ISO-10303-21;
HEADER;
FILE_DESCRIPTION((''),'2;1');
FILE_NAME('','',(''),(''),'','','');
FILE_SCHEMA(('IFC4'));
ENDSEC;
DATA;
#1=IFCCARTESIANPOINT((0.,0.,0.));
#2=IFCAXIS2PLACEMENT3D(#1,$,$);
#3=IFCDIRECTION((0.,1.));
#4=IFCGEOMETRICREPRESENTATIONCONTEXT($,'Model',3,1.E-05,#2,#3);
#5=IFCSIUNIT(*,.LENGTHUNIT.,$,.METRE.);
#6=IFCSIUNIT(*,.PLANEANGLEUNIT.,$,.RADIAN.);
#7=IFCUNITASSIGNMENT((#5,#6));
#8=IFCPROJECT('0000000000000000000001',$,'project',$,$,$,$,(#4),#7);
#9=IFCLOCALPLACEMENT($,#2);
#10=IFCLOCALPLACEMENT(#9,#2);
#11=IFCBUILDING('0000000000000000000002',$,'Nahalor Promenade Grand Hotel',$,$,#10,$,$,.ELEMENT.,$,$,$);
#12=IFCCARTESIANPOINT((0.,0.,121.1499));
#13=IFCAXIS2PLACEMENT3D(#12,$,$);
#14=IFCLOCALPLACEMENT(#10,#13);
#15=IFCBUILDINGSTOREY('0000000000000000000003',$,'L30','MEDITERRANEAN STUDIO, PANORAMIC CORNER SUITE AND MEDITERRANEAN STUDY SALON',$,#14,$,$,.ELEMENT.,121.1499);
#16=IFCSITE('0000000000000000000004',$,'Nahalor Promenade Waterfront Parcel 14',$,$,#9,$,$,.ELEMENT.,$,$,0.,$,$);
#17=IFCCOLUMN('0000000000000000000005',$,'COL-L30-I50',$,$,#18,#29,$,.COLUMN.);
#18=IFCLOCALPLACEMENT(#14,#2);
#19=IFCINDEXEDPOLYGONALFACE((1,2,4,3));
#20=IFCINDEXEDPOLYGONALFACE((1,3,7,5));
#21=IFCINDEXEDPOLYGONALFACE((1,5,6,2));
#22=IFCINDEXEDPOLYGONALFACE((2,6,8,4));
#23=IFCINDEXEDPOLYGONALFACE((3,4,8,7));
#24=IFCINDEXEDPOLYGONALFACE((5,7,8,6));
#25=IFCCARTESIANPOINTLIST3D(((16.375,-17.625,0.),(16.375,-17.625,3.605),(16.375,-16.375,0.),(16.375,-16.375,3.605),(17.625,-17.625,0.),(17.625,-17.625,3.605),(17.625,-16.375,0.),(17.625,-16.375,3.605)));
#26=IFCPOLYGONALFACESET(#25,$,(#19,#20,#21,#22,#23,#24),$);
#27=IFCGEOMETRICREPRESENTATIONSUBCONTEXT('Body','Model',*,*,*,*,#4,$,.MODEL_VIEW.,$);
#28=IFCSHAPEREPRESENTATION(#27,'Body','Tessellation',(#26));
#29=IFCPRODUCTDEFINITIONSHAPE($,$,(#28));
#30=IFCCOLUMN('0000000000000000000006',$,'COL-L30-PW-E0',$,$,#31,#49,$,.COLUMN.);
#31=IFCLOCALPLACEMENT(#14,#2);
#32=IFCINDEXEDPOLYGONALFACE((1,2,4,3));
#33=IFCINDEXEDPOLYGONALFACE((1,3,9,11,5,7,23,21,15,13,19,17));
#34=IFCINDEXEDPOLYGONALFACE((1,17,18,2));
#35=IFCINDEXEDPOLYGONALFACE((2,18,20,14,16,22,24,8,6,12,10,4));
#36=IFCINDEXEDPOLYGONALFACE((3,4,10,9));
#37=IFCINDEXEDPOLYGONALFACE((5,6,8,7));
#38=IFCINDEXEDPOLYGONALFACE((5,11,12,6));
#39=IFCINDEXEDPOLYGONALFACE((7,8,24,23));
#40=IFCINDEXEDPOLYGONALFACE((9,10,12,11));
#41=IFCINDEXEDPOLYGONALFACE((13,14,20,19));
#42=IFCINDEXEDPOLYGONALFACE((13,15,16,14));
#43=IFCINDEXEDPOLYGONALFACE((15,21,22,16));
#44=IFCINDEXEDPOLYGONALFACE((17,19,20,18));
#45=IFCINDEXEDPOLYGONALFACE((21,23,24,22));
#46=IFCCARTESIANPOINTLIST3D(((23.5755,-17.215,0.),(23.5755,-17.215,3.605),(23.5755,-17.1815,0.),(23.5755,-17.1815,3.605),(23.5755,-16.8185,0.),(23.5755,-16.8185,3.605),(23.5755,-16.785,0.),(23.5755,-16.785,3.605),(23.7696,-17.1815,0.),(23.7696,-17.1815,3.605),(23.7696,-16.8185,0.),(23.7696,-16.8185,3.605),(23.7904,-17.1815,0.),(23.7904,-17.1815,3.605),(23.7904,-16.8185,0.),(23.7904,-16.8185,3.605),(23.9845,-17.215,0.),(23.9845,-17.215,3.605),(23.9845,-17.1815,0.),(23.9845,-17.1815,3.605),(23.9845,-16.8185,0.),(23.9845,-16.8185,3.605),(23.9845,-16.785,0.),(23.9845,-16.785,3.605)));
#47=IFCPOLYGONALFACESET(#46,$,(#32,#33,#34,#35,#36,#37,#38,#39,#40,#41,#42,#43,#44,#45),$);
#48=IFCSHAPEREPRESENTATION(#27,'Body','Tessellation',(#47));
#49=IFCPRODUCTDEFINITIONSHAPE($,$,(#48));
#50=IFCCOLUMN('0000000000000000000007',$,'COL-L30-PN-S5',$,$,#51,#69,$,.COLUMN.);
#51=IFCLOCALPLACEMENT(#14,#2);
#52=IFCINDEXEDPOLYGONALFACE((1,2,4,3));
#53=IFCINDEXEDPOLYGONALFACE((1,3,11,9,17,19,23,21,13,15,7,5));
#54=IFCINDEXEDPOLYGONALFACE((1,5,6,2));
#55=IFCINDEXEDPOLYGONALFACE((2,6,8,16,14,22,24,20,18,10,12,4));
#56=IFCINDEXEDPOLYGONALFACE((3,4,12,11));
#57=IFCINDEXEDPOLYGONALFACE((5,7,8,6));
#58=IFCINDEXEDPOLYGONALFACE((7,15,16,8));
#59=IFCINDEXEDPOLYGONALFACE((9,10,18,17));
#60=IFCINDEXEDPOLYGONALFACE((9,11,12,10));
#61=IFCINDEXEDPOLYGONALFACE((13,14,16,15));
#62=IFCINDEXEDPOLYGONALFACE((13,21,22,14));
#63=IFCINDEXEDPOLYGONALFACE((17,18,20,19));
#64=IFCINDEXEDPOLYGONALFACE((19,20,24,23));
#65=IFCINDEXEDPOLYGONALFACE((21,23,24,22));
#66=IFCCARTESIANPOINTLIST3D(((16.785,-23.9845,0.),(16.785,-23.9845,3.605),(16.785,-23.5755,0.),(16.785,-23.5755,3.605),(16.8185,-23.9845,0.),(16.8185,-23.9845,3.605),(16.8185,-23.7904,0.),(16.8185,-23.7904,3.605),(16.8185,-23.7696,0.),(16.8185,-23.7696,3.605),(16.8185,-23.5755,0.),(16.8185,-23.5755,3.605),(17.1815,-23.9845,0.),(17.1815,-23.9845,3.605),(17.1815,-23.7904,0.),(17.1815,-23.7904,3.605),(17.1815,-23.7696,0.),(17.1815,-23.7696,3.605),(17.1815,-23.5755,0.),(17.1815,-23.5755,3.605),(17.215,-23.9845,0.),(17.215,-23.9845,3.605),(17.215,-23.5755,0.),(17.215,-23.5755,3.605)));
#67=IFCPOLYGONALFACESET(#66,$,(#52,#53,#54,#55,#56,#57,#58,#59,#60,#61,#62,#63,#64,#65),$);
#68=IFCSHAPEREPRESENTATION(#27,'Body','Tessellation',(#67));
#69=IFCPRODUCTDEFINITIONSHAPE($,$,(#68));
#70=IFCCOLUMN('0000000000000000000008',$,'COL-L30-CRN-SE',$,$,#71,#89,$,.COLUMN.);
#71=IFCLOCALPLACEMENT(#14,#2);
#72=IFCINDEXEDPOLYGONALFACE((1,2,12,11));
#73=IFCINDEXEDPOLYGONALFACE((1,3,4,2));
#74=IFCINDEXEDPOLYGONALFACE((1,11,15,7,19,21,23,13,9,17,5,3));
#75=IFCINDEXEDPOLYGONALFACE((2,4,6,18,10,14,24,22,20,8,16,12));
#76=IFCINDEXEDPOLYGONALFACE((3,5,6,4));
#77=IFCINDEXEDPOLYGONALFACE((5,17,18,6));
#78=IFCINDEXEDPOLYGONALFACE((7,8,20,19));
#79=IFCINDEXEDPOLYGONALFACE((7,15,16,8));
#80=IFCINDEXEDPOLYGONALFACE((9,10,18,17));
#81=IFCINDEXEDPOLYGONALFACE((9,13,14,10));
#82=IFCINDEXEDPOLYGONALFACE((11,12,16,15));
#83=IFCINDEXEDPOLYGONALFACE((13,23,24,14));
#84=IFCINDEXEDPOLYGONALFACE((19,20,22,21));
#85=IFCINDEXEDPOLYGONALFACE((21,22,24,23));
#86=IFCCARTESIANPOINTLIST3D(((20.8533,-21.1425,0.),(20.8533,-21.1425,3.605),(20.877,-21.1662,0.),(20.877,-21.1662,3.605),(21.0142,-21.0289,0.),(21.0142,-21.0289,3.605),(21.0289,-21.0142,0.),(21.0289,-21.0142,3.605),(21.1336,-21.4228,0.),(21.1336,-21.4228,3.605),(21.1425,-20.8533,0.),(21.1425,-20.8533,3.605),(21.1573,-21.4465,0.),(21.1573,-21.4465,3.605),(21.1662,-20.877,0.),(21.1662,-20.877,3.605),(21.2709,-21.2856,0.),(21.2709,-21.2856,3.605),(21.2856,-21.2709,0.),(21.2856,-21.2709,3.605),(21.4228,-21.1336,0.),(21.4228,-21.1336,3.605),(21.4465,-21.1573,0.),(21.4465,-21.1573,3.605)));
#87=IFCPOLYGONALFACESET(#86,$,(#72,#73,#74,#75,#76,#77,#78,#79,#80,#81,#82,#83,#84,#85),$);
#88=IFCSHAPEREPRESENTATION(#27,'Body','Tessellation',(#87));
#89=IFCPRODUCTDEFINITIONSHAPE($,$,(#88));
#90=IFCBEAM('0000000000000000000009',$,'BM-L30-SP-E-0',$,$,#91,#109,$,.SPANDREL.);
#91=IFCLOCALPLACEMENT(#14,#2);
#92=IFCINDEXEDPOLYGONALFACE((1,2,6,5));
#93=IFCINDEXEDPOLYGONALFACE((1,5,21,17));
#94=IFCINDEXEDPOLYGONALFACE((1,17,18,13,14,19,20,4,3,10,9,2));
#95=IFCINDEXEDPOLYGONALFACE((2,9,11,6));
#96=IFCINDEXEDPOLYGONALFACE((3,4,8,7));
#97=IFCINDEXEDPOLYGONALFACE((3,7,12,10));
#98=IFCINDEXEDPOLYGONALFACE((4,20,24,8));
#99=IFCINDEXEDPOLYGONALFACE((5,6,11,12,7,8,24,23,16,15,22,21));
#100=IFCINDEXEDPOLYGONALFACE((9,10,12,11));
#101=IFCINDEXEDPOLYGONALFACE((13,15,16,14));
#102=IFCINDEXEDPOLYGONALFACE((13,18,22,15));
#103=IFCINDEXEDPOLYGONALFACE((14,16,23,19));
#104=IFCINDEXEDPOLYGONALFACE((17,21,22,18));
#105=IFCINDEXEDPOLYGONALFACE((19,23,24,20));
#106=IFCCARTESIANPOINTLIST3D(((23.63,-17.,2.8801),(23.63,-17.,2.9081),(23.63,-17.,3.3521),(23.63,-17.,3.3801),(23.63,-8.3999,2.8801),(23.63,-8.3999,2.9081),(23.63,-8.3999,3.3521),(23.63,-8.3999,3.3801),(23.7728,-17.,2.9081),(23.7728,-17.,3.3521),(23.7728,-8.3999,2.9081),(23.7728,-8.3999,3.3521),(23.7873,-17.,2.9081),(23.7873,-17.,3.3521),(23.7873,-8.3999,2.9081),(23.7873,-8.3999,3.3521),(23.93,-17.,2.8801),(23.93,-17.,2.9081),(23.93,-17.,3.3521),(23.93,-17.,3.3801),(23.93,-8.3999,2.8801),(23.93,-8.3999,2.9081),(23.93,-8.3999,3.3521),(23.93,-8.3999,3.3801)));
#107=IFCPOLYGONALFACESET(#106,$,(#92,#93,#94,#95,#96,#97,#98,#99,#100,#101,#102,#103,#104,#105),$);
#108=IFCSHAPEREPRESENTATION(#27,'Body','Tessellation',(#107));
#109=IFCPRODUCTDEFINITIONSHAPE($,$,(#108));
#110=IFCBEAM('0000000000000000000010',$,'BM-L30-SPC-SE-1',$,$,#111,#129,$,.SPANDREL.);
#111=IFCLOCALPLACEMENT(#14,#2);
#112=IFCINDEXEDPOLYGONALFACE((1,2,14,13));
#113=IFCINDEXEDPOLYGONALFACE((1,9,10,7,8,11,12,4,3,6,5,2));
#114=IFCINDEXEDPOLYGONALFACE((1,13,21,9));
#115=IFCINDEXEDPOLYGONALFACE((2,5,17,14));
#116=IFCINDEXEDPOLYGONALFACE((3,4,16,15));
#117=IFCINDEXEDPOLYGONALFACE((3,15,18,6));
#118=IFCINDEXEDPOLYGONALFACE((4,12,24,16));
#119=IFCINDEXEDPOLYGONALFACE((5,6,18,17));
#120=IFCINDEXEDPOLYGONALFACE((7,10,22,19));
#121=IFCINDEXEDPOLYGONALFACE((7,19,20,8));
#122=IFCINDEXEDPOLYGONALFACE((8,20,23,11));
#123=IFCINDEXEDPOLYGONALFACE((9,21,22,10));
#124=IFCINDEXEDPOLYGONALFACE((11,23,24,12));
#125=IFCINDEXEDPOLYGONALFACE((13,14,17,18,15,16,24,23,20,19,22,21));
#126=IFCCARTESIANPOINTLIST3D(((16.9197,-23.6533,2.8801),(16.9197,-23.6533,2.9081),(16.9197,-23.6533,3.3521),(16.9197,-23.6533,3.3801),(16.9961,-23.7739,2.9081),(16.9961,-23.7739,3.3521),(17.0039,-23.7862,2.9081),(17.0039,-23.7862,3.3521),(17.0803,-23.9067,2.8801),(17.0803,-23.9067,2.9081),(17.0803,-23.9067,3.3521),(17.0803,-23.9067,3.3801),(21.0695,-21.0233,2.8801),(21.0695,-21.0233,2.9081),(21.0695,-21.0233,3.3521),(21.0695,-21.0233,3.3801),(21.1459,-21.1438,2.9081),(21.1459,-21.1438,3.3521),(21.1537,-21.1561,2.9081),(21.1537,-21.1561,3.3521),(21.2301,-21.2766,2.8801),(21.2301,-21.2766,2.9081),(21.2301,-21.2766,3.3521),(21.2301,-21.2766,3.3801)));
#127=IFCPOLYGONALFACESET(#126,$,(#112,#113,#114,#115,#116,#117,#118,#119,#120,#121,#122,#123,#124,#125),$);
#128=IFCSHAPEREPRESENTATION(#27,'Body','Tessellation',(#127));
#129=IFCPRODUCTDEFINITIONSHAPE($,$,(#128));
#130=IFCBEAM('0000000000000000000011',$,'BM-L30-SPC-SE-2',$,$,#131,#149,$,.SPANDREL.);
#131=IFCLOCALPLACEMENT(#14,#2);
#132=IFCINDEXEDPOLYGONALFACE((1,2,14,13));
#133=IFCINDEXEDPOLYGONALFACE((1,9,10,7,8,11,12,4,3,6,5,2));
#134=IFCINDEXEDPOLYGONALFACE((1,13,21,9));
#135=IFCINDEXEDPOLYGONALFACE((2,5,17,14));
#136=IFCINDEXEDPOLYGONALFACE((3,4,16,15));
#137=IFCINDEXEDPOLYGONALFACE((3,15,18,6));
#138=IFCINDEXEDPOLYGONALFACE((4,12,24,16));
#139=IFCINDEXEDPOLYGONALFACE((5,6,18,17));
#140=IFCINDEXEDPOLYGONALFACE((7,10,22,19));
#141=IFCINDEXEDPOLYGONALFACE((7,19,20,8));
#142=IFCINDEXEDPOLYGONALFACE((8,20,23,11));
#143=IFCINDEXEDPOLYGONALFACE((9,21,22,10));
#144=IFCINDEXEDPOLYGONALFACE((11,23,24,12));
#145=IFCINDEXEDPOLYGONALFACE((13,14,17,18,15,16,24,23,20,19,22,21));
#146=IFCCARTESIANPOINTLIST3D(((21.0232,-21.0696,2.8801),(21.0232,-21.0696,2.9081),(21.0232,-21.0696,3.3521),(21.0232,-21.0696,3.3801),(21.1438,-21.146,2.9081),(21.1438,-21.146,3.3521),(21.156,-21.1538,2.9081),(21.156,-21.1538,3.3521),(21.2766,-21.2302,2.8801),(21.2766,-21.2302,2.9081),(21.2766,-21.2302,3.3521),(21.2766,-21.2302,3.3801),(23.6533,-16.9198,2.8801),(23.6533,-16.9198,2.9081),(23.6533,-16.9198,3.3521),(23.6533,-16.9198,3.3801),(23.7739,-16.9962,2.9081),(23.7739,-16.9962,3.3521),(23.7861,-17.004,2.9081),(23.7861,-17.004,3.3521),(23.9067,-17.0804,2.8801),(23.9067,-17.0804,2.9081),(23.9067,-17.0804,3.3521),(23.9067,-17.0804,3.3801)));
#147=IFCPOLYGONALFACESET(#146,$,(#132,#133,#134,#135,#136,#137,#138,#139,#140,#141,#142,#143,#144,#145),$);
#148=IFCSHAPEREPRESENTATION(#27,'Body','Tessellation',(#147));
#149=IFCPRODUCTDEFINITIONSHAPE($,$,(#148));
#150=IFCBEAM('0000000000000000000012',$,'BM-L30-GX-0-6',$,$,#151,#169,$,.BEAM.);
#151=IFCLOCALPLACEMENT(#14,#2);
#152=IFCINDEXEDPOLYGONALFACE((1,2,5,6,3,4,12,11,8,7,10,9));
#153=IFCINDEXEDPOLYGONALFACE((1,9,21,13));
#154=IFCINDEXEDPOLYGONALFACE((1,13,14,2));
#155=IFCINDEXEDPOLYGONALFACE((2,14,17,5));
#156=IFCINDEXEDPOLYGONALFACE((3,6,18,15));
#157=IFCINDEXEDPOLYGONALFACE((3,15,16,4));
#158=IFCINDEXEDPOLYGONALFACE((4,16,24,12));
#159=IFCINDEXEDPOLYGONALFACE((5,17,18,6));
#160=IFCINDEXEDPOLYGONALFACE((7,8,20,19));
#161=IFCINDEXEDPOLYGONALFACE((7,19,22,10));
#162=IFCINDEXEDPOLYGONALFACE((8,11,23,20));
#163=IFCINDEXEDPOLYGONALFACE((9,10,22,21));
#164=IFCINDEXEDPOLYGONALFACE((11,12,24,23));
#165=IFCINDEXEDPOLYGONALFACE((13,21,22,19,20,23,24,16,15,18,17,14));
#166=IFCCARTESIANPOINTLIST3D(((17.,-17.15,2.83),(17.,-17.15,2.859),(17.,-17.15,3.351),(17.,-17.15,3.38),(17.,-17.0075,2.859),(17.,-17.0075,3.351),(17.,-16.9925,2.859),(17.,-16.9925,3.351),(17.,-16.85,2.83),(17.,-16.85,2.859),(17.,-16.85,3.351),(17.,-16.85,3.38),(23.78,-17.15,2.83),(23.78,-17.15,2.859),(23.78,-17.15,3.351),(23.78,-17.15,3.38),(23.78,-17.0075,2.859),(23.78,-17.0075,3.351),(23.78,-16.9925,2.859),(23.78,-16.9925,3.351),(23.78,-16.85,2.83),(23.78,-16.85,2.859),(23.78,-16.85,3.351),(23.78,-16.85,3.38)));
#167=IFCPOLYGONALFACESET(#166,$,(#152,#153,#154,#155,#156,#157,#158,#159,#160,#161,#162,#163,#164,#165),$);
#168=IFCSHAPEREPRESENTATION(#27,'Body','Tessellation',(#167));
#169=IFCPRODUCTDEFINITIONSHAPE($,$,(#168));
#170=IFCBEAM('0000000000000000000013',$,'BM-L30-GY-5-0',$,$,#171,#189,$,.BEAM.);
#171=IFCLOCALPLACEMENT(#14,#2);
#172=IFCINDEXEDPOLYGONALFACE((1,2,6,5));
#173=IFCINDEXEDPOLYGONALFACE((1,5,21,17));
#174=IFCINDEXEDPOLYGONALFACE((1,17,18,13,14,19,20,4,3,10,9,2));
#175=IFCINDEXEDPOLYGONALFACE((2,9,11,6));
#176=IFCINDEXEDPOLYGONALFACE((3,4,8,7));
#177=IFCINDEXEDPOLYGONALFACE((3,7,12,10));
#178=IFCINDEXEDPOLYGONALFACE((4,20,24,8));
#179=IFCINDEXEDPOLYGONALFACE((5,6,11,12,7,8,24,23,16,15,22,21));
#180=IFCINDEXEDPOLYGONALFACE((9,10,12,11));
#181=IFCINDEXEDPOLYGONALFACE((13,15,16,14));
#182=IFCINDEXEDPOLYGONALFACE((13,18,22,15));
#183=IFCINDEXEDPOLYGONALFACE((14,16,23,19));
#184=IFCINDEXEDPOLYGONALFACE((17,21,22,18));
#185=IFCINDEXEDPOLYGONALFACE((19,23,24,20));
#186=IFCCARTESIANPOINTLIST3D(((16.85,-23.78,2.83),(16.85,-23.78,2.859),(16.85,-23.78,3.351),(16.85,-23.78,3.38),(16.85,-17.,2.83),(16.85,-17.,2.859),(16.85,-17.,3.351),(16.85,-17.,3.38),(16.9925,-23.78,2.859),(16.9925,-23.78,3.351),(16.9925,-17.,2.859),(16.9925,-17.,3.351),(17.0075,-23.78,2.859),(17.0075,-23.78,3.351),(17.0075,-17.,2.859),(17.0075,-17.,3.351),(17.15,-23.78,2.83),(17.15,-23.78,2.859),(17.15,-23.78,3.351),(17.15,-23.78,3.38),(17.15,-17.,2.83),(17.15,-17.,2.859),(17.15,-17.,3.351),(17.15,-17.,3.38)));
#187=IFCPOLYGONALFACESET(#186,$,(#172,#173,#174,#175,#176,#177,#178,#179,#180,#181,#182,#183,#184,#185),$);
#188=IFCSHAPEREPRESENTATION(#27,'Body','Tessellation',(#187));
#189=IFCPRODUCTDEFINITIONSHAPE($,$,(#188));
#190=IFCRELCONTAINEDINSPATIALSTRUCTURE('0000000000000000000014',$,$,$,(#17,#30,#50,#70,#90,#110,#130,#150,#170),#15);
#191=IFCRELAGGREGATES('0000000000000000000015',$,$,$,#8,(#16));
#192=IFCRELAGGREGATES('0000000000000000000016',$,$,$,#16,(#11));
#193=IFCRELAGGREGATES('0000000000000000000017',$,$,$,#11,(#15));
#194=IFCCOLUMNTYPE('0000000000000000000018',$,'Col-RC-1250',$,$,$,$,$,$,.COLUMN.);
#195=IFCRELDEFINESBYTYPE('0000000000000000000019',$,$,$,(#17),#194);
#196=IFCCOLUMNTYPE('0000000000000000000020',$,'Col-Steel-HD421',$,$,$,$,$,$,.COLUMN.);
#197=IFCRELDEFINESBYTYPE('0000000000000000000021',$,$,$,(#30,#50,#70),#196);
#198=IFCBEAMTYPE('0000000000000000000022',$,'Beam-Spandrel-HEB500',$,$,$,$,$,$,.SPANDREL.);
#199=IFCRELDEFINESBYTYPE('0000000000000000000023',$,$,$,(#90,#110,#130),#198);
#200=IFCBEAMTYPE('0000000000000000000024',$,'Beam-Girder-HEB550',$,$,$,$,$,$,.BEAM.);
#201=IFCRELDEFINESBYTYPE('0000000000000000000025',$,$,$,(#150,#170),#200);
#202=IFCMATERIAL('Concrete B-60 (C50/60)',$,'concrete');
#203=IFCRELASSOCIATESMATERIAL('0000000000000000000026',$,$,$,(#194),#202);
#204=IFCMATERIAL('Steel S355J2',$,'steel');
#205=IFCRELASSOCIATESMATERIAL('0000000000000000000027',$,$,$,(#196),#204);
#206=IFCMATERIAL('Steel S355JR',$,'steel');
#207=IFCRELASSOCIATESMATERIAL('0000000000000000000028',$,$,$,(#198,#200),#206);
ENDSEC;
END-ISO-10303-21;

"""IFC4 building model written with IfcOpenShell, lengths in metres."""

from ifc_helpers import new_model, si_unit, direction, frame, origin, origin_2d, place, context, subcontext, project, spatial, rectangle, i_section, extrude, source, transform, mapped, material, material_profile, profile_set, type_object, element, save


model = new_model("IFC4")

# Units and contexts
model_context = context("Model", 3, precision=1e-05, world=origin(), true_north=direction((0.0, 1.0)))
body_context = subcontext(model_context, "Body", "Model", "MODEL_VIEW")
ifc_project = project(units=[si_unit("LENGTHUNIT", "METRE"), si_unit("PLANEANGLEUNIT", "RADIAN")], contexts=[model_context])

# Site, building, storey
site_placement = place(None, origin())
site = spatial("IfcSite", under=ifc_project, at=site_placement, Name="Nahalor Promenade Waterfront Parcel 14", CompositionType="ELEMENT", RefElevation=0.0)
building_placement = place(site_placement, origin())
building = spatial("IfcBuilding", under=site, at=building_placement, Name="Nahalor Promenade Grand Hotel", CompositionType="ELEMENT")
storey_placement = place(building_placement, frame((0.0, 0.0, 121.1499)))
storey = spatial("IfcBuildingStorey", under=building, at=storey_placement, Name="L30", Description="MEDITERRANEAN STUDIO, PANORAMIC CORNER SUITE AND MEDITERRANEAN STUDY SALON", CompositionType="ELEMENT", Elevation=121.1499)

# Columns
ifc_material_1 = material(Name="Concrete B-60 (C50/60)", Category="concrete")
ifc_material_profile_1 = material_profile(ifc_material_1, rectangle(XDim=1.25, YDim=1.25, at=origin_2d()), Name="RC 1250x1250")
ifc_profile_set_1 = profile_set([ifc_material_profile_1], Name="Concrete B-60 (C50/60)")
column_type_1 = type_object("IfcColumnType", Name="Col-RC-1250", PredefinedType="COLUMN", material=ifc_profile_set_1)
shared_shape_1 = source(origin(), body_context, "Body", "SweptSolid", [
    extrude(rectangle(XDim=1.25, YDim=1.25, at=origin_2d()), origin(), (0.0, 0.0, 1.0), 3.605),
])
column_placement = place(storey_placement, frame((17.0, -17.0, 0.0), z_axis=(0.0, 0.0, 1.0), x_axis=(1.0, 0.0, 0.0)))
element("IfcColumn", 1, at=column_placement, inside=storey, type_object=column_type_1, Name="COL-L30-I50", PredefinedType="COLUMN", context=body_context, shape_type="MappedRepresentation", body=[
    mapped(shared_shape_1, transform((0.0, 0.0, 0.0), scale=1.0)),
])
ifc_material_2 = material(Name="Steel S355J2", Category="steel")
ifc_material_profile_2 = material_profile(ifc_material_2, i_section(OverallWidth=0.409, OverallDepth=0.43, WebThickness=0.0208, FlangeThickness=0.0335, at=origin_2d()), Name="HD 400x421")
ifc_profile_set_2 = profile_set([ifc_material_profile_2], Name="Steel S355J2")
column_type_2 = type_object("IfcColumnType", Name="Col-Steel-HD421", PredefinedType="COLUMN", material=ifc_profile_set_2)
shared_shape_2 = source(origin(), body_context, "Body", "SweptSolid", [
    extrude(i_section(OverallWidth=0.409, OverallDepth=0.43, WebThickness=0.0208, FlangeThickness=0.0335, at=origin_2d()), origin(), (0.0, 0.0, 1.0), 3.605),
])
for number, where, z_axis, x_axis, name in (
    (2, (23.78, -17.0, 0.0), (0.0, 0.0, 1.0), (1.0, 0.0, 0.0), "COL-L30-PW-E0"),
    (3, (17.0, -23.78, 0.0), (0.0, 0.0, 1.0), (0.0, 1.0, 0.0), "COL-L30-PN-S5"),
    (4, (21.1499, -21.1499, 0.0), (0.0, 0.0, 1.0), (0.707107, 0.707107, 0.0), "COL-L30-CRN-SE"),
):
    element("IfcColumn", number, at=place(storey_placement, frame(where, z_axis=z_axis, x_axis=x_axis)), inside=storey, type_object=column_type_2, Name=name, PredefinedType="COLUMN", context=body_context, shape_type="MappedRepresentation", body=[
        mapped(shared_shape_2, transform((0.0, 0.0, 0.0), scale=1.0)),
    ])

# Beams
ifc_material_3 = material(Name="Steel S355JR", Category="steel")
ifc_material_profile_3 = material_profile(ifc_material_3, i_section(OverallWidth=0.3, OverallDepth=0.5, WebThickness=0.0145, FlangeThickness=0.028, at=origin_2d()), Name="HEB 500")
ifc_profile_set_3 = profile_set([ifc_material_profile_3], Name="Steel S355JR")
beam_type_1 = type_object("IfcBeamType", Name="Beam-Spandrel-HEB500", PredefinedType="SPANDREL", material=ifc_profile_set_3)
shared_shape_3 = source(origin(), body_context, "Body", "SweptSolid", [
    extrude(i_section(OverallWidth=0.3, OverallDepth=0.5, WebThickness=0.0145, FlangeThickness=0.028, at=origin_2d()), origin(), (0.0, 0.0, 1.0), 8.6001),
])
beam_1_placement = place(storey_placement, frame((23.78, -17.0, 3.1301), z_axis=(0.0, 1.0, 0.0), x_axis=(-1.0, 0.0, 0.0)))
element("IfcBeam", 5, at=beam_1_placement, inside=storey, type_object=beam_type_1, Name="BM-L30-SP-E-0", PredefinedType="SPANDREL", context=body_context, shape_type="MappedRepresentation", body=[
    mapped(shared_shape_3, transform((0.0, 0.0, 0.0), scale=1.0)),
])
shared_shape_4 = source(origin(), body_context, "Body", "SweptSolid", [
    extrude(i_section(OverallWidth=0.3, OverallDepth=0.5, WebThickness=0.0145, FlangeThickness=0.028, at=origin_2d()), origin(), (0.0, 0.0, 1.0), 4.9131),
])
for number, where, z_axis, x_axis, name in (
    (6, (17.0, -23.78, 3.1301), (0.844648, 0.535322, 0.0), (-0.535322, 0.844648, 0.0), "BM-L30-SPC-SE-1"),
    (7, (21.1499, -21.1499, 3.1301), (0.535322, 0.844648, 0.0), (-0.844648, 0.535322, 0.0), "BM-L30-SPC-SE-2"),
):
    element("IfcBeam", number, at=place(storey_placement, frame(where, z_axis=z_axis, x_axis=x_axis)), inside=storey, type_object=beam_type_1, Name=name, PredefinedType="SPANDREL", context=body_context, shape_type="MappedRepresentation", body=[
        mapped(shared_shape_4, transform((0.0, 0.0, 0.0), scale=1.0)),
    ])
ifc_material_profile_4 = material_profile(ifc_material_3, i_section(OverallWidth=0.3, OverallDepth=0.55, WebThickness=0.015, FlangeThickness=0.029, at=origin_2d()), Name="HEB 550")
ifc_profile_set_4 = profile_set([ifc_material_profile_4], Name="Steel S355JR")
beam_type_2 = type_object("IfcBeamType", Name="Beam-Girder-HEB550", PredefinedType="BEAM", material=ifc_profile_set_4)
shared_shape_5 = source(origin(), body_context, "Body", "SweptSolid", [
    extrude(i_section(OverallWidth=0.3, OverallDepth=0.55, WebThickness=0.015, FlangeThickness=0.029, at=origin_2d()), origin(), (0.0, 0.0, 1.0), 6.78),
])
for number, where, z_axis, x_axis, name in (
    (8, (17.0, -17.0, 3.105), (1.0, 0.0, 0.0), (0.0, 1.0, 0.0), "BM-L30-GX-0-6"),
    (9, (17.0, -23.78, 3.105), (0.0, 1.0, 0.0), (-1.0, 0.0, 0.0), "BM-L30-GY-5-0"),
):
    element("IfcBeam", number, at=place(storey_placement, frame(where, z_axis=z_axis, x_axis=x_axis)), inside=storey, type_object=beam_type_2, Name=name, PredefinedType="BEAM", context=body_context, shape_type="MappedRepresentation", body=[
        mapped(shared_shape_5, transform((0.0, 0.0, 0.0), scale=1.0)),
    ])

save(model, "model.ifc")
